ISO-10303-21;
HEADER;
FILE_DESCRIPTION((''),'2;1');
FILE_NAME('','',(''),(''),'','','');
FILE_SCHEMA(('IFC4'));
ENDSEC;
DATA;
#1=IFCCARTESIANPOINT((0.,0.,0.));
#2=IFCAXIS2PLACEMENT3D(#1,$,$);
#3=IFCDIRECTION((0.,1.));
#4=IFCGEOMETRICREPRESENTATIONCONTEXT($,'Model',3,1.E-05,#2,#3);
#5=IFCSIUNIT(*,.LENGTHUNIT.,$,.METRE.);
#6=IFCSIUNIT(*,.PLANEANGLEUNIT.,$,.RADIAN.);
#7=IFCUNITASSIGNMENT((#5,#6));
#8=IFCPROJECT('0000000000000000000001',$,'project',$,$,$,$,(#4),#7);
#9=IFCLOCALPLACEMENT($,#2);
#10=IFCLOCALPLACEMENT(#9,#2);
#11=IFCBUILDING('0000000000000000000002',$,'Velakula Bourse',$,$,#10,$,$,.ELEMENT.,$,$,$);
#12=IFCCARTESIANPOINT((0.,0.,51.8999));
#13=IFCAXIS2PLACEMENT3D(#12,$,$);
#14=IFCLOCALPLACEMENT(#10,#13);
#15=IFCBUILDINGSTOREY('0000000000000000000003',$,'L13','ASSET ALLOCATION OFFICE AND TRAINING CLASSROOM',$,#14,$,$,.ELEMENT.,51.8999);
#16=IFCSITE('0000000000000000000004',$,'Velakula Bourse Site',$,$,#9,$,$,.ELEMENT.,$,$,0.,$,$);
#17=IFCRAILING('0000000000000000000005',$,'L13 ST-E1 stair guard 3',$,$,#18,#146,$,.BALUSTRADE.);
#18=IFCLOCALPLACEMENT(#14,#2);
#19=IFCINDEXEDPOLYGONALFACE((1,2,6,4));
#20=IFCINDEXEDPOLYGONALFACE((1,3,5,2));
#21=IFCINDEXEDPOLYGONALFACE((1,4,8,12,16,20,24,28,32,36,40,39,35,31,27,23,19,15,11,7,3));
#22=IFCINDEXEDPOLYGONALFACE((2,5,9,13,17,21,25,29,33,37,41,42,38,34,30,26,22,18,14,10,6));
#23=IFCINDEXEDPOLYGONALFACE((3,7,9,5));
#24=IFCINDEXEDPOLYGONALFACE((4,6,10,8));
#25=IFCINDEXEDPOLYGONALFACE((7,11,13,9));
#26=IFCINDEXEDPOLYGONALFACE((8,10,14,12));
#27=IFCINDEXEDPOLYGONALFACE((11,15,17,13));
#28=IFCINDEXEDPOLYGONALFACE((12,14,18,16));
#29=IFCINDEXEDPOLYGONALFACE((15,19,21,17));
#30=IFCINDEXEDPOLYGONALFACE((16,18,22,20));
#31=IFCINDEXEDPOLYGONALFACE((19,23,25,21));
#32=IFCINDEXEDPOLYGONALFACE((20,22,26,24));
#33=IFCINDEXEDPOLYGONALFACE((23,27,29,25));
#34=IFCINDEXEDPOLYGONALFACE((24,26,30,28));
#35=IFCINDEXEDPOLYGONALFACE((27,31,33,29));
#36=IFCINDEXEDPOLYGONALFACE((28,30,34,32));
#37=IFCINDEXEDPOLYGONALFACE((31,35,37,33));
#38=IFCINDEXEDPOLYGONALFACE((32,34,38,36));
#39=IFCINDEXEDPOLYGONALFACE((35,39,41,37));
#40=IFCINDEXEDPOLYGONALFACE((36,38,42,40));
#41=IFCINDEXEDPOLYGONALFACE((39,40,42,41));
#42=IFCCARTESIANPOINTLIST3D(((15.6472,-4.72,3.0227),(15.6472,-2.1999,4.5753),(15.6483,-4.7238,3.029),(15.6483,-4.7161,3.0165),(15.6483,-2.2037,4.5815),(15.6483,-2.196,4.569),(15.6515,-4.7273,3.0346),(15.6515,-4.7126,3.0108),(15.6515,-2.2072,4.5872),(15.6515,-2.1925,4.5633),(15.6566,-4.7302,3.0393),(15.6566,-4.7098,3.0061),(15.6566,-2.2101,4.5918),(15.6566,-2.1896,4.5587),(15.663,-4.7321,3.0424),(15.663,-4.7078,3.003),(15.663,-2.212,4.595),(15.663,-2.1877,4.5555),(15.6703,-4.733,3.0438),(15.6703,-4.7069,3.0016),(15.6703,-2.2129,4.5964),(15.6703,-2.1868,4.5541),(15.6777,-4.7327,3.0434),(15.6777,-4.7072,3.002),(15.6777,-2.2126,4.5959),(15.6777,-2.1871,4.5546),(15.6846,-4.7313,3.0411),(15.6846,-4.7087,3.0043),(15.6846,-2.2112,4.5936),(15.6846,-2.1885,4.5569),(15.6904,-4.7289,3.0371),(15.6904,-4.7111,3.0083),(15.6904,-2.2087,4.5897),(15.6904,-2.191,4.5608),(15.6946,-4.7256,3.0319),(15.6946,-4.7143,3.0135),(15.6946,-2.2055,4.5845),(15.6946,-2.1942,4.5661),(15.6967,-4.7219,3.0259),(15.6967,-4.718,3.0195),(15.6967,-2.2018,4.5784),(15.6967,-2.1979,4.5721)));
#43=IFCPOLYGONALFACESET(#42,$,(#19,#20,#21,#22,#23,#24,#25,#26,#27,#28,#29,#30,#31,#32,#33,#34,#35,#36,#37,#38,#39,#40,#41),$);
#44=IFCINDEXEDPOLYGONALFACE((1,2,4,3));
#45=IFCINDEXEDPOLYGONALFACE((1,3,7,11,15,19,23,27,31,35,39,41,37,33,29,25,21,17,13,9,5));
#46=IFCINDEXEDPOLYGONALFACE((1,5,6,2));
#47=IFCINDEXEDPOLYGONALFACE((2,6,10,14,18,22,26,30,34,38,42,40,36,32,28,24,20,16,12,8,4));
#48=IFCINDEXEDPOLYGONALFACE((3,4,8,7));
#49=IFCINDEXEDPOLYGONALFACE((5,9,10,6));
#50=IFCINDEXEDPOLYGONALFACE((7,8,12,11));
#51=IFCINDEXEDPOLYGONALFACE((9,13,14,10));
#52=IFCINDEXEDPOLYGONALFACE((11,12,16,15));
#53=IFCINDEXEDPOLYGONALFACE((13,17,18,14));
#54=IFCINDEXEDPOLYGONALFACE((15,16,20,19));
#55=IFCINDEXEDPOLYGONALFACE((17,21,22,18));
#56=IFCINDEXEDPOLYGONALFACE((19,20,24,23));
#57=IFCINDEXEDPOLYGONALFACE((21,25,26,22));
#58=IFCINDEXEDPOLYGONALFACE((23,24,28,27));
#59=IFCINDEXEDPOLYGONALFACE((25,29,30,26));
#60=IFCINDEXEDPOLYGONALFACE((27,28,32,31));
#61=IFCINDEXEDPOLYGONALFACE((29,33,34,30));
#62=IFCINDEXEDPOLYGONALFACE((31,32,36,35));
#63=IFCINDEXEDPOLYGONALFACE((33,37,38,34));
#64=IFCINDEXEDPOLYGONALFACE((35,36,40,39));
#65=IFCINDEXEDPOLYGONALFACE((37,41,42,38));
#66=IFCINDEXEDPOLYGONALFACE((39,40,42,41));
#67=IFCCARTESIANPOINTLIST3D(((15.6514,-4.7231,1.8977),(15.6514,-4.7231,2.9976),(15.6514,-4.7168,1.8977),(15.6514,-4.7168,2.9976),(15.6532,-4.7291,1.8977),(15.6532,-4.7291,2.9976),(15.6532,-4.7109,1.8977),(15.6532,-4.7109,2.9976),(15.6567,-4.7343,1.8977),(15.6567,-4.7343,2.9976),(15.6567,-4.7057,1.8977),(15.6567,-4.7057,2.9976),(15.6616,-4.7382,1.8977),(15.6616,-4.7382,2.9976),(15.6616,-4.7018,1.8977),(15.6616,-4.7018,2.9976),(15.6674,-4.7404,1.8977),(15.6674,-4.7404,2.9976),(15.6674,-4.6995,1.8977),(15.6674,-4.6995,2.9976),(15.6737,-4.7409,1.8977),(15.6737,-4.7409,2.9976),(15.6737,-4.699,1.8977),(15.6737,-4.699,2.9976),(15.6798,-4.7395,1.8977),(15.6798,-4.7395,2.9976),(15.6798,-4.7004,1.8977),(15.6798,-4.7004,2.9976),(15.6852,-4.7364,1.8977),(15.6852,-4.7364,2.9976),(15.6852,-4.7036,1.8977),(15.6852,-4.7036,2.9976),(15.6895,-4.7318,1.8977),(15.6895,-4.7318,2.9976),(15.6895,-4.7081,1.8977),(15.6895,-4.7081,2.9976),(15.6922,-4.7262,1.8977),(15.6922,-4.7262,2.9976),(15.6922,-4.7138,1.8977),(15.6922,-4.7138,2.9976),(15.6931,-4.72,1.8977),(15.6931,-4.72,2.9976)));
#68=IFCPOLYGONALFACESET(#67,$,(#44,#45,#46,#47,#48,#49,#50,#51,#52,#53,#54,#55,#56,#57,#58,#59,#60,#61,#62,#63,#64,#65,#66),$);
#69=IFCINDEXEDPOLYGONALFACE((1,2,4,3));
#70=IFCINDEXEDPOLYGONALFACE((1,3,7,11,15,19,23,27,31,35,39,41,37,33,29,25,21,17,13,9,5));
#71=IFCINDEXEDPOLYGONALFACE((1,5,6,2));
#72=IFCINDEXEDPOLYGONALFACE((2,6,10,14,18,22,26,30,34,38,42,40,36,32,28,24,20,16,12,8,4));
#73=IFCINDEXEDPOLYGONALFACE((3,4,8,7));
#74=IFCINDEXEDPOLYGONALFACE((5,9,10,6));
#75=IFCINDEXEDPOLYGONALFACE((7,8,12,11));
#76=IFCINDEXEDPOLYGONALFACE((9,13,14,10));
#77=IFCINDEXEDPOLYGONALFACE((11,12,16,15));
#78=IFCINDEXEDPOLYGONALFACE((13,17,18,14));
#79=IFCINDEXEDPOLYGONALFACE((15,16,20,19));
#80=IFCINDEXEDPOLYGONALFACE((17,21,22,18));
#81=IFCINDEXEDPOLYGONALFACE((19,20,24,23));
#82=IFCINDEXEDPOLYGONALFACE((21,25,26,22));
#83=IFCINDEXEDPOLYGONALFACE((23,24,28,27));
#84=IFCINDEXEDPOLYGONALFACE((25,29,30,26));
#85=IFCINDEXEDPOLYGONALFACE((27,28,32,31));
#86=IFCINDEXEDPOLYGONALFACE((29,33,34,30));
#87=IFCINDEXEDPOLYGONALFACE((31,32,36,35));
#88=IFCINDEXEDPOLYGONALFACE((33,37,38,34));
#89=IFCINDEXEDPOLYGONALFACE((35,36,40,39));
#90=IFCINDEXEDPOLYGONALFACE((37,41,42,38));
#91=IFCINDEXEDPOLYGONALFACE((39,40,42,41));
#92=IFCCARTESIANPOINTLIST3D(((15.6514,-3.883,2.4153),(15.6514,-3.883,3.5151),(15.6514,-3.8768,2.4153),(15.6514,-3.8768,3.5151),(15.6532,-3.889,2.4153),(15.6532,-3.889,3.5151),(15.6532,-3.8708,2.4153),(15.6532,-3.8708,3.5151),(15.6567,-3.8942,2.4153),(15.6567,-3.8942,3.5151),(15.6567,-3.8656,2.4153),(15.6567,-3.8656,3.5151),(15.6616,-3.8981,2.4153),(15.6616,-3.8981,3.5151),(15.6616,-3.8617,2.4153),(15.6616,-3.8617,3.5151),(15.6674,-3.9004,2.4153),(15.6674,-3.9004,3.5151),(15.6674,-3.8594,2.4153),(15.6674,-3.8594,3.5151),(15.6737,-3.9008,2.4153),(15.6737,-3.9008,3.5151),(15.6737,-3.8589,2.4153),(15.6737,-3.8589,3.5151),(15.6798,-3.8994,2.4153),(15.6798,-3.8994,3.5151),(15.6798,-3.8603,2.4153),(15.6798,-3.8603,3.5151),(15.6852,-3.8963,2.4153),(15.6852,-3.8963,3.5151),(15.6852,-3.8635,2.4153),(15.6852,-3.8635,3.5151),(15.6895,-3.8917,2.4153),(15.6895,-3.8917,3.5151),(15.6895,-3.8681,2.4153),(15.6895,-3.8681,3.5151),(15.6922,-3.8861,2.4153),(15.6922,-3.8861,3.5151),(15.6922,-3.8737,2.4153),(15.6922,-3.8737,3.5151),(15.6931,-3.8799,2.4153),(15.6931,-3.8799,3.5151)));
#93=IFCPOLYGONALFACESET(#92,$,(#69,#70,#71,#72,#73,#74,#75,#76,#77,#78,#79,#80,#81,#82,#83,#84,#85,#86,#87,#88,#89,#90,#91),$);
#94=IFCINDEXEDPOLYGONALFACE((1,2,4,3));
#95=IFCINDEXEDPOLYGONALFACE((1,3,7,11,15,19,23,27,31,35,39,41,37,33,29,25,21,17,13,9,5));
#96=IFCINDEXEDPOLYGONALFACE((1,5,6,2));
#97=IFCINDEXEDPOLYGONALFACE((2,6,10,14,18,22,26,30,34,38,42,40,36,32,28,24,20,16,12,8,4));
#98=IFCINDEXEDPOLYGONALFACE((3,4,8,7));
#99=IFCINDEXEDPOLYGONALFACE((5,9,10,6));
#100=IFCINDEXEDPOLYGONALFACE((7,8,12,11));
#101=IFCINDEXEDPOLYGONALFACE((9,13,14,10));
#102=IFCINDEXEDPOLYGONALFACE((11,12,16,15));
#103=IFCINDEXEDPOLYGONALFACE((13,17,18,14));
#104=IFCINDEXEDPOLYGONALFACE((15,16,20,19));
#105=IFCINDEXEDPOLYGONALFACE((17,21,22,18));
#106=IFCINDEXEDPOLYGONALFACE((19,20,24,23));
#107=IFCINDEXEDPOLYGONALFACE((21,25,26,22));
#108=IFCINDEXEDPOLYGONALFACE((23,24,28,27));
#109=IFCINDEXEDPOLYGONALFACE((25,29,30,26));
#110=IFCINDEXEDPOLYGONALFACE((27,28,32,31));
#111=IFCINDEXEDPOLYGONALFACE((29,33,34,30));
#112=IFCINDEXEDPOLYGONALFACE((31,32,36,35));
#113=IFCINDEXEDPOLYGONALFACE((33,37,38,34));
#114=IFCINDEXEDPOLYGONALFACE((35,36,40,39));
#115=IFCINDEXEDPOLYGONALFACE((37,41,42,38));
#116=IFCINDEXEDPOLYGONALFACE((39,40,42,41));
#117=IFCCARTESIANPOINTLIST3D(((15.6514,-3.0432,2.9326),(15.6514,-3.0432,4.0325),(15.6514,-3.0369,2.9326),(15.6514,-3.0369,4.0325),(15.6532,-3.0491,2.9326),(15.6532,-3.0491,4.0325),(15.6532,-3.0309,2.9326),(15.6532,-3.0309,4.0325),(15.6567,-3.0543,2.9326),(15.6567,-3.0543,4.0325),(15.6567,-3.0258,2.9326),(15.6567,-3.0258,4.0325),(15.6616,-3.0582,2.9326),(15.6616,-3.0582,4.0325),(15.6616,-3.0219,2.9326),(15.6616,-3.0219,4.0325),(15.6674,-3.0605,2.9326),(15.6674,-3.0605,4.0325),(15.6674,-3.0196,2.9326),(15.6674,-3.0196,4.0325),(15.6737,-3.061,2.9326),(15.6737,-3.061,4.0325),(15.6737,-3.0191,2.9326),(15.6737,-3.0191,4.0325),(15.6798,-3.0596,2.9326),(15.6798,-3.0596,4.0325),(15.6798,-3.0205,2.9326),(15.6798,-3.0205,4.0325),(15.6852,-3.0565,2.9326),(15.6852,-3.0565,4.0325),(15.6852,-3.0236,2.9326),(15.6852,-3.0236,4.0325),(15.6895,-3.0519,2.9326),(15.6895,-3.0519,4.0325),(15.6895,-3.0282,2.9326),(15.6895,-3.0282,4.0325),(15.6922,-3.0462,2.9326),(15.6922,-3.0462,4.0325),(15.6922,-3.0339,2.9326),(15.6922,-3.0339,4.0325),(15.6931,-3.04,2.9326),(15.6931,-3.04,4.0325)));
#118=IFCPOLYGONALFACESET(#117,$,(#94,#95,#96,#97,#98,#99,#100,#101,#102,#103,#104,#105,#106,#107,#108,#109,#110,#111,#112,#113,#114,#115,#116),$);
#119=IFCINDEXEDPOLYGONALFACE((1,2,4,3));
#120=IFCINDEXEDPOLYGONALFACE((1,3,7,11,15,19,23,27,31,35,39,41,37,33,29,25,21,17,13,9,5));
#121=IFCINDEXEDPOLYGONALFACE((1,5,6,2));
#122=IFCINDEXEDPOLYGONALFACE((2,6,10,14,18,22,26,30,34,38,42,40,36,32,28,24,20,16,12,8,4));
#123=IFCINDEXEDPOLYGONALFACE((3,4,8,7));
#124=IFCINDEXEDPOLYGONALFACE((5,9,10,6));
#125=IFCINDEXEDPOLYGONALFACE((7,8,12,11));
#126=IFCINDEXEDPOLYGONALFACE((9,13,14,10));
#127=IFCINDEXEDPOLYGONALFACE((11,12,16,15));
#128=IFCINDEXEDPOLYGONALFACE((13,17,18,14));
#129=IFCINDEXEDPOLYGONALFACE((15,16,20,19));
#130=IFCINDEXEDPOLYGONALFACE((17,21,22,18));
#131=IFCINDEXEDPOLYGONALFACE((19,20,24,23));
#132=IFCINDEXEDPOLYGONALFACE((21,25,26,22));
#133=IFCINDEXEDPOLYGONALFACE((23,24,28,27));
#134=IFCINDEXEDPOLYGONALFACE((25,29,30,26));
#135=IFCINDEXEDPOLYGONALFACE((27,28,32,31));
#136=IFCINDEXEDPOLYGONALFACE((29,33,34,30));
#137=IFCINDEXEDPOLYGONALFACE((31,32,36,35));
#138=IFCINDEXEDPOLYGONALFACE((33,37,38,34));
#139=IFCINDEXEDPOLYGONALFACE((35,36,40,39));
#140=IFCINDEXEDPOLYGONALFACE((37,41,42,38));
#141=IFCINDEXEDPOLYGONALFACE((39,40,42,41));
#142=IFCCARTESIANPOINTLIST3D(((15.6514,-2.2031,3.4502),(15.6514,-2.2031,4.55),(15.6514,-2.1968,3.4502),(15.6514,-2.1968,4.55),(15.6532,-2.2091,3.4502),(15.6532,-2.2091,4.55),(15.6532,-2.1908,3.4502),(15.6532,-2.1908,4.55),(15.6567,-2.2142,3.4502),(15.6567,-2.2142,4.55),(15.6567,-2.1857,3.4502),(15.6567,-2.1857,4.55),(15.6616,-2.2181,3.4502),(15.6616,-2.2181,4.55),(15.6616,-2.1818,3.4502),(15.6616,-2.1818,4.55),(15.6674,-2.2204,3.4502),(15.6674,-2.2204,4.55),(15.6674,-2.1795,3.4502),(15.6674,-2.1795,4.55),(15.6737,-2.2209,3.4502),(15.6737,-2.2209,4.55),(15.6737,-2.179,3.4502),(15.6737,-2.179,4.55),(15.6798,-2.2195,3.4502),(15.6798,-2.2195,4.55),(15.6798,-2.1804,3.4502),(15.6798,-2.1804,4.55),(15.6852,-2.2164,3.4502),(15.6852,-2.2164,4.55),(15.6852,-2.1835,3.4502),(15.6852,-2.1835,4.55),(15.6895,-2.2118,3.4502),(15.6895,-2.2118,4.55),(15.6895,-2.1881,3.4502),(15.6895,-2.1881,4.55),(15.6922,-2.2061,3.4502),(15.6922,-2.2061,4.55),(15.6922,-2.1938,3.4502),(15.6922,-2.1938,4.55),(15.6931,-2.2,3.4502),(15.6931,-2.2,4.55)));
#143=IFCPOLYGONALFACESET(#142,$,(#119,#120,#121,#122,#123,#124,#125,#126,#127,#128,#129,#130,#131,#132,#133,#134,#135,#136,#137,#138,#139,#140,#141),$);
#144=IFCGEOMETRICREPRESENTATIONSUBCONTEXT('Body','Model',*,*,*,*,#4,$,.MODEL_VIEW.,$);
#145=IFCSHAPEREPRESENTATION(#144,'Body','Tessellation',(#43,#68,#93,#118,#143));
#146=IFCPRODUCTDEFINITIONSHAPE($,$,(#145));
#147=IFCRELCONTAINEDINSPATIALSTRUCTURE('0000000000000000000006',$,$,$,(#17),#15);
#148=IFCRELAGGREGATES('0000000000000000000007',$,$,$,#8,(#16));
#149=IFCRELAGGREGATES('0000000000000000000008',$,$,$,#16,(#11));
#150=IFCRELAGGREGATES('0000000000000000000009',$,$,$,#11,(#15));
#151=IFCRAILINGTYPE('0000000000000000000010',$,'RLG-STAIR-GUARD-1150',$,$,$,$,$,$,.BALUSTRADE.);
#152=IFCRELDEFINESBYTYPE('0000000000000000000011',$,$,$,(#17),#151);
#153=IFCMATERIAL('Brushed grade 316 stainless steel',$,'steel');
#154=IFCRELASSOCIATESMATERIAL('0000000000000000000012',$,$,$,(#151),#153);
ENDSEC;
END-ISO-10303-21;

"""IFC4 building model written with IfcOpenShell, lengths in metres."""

from ifc_helpers import new_model, si_unit, direction, frame, origin, origin_2d, place, context, subcontext, project, spatial, circle, extrude, material, type_object, element, save


model = new_model("IFC4")

# Units and contexts
model_context = context("Model", 3, precision=1e-05, world=origin(), true_north=direction((0.0, 1.0)))
body_context = subcontext(model_context, "Body", "Model", "MODEL_VIEW")
ifc_project = project(units=[si_unit("LENGTHUNIT", "METRE"), si_unit("PLANEANGLEUNIT", "RADIAN")], contexts=[model_context])

# Site, building, storey
site_placement = place(None, origin())
site = spatial("IfcSite", under=ifc_project, at=site_placement, Name="Velakula Bourse Site", CompositionType="ELEMENT", RefElevation=0.0)
building_placement = place(site_placement, origin())
building = spatial("IfcBuilding", under=site, at=building_placement, Name="Velakula Bourse", CompositionType="ELEMENT")
storey_placement = place(building_placement, frame((0.0, 0.0, 51.8999)))
storey = spatial("IfcBuildingStorey", under=building, at=storey_placement, Name="L13", Description="ASSET ALLOCATION OFFICE AND TRAINING CLASSROOM", CompositionType="ELEMENT", Elevation=51.8999)

# Shared definitions
ifc_material_1 = material(Name="Brushed grade 316 stainless steel", Category="steel")

# Railing
railing_type_1 = type_object("IfcRailingType", Name="RLG-STAIR-GUARD-1150", PredefinedType="BALUSTRADE", material=ifc_material_1)
railing_1_placement = place(storey_placement, frame((15.6721, -4.72, 1.8977)))
element("IfcRailing", 1, at=railing_1_placement, inside=storey, type_object=railing_type_1, Name="L13 ST-E1 stair guard 3", PredefinedType="BALUSTRADE", context=body_context, shape_type="SweptSolid", body=[
    extrude(circle(Radius=0.0249, at=origin_2d()), frame((0.0, 0.0, 1.125), z_axis=(0.0, 0.8514, 0.524516), x_axis=(-1.0, 0.0, 0.0)), (0.0, 0.0, 1.0), 2.96),
    extrude(circle(Radius=0.021, at=origin_2d()), origin(), (0.0, 0.0, 1.0), 1.0999),
    extrude(circle(Radius=0.021, at=origin_2d()), frame((0.0, 0.8401, 0.5176)), (0.0, 0.0, 1.0), 1.0999),
    extrude(circle(Radius=0.021, at=origin_2d()), frame((0.0, 1.6799, 1.0349)), (0.0, 0.0, 1.0), 1.0999),
    extrude(circle(Radius=0.021, at=origin_2d()), frame((0.0, 2.52, 1.5525)), (0.0, 0.0, 1.0), 1.0999),
])

save(model, "model.ifc")
